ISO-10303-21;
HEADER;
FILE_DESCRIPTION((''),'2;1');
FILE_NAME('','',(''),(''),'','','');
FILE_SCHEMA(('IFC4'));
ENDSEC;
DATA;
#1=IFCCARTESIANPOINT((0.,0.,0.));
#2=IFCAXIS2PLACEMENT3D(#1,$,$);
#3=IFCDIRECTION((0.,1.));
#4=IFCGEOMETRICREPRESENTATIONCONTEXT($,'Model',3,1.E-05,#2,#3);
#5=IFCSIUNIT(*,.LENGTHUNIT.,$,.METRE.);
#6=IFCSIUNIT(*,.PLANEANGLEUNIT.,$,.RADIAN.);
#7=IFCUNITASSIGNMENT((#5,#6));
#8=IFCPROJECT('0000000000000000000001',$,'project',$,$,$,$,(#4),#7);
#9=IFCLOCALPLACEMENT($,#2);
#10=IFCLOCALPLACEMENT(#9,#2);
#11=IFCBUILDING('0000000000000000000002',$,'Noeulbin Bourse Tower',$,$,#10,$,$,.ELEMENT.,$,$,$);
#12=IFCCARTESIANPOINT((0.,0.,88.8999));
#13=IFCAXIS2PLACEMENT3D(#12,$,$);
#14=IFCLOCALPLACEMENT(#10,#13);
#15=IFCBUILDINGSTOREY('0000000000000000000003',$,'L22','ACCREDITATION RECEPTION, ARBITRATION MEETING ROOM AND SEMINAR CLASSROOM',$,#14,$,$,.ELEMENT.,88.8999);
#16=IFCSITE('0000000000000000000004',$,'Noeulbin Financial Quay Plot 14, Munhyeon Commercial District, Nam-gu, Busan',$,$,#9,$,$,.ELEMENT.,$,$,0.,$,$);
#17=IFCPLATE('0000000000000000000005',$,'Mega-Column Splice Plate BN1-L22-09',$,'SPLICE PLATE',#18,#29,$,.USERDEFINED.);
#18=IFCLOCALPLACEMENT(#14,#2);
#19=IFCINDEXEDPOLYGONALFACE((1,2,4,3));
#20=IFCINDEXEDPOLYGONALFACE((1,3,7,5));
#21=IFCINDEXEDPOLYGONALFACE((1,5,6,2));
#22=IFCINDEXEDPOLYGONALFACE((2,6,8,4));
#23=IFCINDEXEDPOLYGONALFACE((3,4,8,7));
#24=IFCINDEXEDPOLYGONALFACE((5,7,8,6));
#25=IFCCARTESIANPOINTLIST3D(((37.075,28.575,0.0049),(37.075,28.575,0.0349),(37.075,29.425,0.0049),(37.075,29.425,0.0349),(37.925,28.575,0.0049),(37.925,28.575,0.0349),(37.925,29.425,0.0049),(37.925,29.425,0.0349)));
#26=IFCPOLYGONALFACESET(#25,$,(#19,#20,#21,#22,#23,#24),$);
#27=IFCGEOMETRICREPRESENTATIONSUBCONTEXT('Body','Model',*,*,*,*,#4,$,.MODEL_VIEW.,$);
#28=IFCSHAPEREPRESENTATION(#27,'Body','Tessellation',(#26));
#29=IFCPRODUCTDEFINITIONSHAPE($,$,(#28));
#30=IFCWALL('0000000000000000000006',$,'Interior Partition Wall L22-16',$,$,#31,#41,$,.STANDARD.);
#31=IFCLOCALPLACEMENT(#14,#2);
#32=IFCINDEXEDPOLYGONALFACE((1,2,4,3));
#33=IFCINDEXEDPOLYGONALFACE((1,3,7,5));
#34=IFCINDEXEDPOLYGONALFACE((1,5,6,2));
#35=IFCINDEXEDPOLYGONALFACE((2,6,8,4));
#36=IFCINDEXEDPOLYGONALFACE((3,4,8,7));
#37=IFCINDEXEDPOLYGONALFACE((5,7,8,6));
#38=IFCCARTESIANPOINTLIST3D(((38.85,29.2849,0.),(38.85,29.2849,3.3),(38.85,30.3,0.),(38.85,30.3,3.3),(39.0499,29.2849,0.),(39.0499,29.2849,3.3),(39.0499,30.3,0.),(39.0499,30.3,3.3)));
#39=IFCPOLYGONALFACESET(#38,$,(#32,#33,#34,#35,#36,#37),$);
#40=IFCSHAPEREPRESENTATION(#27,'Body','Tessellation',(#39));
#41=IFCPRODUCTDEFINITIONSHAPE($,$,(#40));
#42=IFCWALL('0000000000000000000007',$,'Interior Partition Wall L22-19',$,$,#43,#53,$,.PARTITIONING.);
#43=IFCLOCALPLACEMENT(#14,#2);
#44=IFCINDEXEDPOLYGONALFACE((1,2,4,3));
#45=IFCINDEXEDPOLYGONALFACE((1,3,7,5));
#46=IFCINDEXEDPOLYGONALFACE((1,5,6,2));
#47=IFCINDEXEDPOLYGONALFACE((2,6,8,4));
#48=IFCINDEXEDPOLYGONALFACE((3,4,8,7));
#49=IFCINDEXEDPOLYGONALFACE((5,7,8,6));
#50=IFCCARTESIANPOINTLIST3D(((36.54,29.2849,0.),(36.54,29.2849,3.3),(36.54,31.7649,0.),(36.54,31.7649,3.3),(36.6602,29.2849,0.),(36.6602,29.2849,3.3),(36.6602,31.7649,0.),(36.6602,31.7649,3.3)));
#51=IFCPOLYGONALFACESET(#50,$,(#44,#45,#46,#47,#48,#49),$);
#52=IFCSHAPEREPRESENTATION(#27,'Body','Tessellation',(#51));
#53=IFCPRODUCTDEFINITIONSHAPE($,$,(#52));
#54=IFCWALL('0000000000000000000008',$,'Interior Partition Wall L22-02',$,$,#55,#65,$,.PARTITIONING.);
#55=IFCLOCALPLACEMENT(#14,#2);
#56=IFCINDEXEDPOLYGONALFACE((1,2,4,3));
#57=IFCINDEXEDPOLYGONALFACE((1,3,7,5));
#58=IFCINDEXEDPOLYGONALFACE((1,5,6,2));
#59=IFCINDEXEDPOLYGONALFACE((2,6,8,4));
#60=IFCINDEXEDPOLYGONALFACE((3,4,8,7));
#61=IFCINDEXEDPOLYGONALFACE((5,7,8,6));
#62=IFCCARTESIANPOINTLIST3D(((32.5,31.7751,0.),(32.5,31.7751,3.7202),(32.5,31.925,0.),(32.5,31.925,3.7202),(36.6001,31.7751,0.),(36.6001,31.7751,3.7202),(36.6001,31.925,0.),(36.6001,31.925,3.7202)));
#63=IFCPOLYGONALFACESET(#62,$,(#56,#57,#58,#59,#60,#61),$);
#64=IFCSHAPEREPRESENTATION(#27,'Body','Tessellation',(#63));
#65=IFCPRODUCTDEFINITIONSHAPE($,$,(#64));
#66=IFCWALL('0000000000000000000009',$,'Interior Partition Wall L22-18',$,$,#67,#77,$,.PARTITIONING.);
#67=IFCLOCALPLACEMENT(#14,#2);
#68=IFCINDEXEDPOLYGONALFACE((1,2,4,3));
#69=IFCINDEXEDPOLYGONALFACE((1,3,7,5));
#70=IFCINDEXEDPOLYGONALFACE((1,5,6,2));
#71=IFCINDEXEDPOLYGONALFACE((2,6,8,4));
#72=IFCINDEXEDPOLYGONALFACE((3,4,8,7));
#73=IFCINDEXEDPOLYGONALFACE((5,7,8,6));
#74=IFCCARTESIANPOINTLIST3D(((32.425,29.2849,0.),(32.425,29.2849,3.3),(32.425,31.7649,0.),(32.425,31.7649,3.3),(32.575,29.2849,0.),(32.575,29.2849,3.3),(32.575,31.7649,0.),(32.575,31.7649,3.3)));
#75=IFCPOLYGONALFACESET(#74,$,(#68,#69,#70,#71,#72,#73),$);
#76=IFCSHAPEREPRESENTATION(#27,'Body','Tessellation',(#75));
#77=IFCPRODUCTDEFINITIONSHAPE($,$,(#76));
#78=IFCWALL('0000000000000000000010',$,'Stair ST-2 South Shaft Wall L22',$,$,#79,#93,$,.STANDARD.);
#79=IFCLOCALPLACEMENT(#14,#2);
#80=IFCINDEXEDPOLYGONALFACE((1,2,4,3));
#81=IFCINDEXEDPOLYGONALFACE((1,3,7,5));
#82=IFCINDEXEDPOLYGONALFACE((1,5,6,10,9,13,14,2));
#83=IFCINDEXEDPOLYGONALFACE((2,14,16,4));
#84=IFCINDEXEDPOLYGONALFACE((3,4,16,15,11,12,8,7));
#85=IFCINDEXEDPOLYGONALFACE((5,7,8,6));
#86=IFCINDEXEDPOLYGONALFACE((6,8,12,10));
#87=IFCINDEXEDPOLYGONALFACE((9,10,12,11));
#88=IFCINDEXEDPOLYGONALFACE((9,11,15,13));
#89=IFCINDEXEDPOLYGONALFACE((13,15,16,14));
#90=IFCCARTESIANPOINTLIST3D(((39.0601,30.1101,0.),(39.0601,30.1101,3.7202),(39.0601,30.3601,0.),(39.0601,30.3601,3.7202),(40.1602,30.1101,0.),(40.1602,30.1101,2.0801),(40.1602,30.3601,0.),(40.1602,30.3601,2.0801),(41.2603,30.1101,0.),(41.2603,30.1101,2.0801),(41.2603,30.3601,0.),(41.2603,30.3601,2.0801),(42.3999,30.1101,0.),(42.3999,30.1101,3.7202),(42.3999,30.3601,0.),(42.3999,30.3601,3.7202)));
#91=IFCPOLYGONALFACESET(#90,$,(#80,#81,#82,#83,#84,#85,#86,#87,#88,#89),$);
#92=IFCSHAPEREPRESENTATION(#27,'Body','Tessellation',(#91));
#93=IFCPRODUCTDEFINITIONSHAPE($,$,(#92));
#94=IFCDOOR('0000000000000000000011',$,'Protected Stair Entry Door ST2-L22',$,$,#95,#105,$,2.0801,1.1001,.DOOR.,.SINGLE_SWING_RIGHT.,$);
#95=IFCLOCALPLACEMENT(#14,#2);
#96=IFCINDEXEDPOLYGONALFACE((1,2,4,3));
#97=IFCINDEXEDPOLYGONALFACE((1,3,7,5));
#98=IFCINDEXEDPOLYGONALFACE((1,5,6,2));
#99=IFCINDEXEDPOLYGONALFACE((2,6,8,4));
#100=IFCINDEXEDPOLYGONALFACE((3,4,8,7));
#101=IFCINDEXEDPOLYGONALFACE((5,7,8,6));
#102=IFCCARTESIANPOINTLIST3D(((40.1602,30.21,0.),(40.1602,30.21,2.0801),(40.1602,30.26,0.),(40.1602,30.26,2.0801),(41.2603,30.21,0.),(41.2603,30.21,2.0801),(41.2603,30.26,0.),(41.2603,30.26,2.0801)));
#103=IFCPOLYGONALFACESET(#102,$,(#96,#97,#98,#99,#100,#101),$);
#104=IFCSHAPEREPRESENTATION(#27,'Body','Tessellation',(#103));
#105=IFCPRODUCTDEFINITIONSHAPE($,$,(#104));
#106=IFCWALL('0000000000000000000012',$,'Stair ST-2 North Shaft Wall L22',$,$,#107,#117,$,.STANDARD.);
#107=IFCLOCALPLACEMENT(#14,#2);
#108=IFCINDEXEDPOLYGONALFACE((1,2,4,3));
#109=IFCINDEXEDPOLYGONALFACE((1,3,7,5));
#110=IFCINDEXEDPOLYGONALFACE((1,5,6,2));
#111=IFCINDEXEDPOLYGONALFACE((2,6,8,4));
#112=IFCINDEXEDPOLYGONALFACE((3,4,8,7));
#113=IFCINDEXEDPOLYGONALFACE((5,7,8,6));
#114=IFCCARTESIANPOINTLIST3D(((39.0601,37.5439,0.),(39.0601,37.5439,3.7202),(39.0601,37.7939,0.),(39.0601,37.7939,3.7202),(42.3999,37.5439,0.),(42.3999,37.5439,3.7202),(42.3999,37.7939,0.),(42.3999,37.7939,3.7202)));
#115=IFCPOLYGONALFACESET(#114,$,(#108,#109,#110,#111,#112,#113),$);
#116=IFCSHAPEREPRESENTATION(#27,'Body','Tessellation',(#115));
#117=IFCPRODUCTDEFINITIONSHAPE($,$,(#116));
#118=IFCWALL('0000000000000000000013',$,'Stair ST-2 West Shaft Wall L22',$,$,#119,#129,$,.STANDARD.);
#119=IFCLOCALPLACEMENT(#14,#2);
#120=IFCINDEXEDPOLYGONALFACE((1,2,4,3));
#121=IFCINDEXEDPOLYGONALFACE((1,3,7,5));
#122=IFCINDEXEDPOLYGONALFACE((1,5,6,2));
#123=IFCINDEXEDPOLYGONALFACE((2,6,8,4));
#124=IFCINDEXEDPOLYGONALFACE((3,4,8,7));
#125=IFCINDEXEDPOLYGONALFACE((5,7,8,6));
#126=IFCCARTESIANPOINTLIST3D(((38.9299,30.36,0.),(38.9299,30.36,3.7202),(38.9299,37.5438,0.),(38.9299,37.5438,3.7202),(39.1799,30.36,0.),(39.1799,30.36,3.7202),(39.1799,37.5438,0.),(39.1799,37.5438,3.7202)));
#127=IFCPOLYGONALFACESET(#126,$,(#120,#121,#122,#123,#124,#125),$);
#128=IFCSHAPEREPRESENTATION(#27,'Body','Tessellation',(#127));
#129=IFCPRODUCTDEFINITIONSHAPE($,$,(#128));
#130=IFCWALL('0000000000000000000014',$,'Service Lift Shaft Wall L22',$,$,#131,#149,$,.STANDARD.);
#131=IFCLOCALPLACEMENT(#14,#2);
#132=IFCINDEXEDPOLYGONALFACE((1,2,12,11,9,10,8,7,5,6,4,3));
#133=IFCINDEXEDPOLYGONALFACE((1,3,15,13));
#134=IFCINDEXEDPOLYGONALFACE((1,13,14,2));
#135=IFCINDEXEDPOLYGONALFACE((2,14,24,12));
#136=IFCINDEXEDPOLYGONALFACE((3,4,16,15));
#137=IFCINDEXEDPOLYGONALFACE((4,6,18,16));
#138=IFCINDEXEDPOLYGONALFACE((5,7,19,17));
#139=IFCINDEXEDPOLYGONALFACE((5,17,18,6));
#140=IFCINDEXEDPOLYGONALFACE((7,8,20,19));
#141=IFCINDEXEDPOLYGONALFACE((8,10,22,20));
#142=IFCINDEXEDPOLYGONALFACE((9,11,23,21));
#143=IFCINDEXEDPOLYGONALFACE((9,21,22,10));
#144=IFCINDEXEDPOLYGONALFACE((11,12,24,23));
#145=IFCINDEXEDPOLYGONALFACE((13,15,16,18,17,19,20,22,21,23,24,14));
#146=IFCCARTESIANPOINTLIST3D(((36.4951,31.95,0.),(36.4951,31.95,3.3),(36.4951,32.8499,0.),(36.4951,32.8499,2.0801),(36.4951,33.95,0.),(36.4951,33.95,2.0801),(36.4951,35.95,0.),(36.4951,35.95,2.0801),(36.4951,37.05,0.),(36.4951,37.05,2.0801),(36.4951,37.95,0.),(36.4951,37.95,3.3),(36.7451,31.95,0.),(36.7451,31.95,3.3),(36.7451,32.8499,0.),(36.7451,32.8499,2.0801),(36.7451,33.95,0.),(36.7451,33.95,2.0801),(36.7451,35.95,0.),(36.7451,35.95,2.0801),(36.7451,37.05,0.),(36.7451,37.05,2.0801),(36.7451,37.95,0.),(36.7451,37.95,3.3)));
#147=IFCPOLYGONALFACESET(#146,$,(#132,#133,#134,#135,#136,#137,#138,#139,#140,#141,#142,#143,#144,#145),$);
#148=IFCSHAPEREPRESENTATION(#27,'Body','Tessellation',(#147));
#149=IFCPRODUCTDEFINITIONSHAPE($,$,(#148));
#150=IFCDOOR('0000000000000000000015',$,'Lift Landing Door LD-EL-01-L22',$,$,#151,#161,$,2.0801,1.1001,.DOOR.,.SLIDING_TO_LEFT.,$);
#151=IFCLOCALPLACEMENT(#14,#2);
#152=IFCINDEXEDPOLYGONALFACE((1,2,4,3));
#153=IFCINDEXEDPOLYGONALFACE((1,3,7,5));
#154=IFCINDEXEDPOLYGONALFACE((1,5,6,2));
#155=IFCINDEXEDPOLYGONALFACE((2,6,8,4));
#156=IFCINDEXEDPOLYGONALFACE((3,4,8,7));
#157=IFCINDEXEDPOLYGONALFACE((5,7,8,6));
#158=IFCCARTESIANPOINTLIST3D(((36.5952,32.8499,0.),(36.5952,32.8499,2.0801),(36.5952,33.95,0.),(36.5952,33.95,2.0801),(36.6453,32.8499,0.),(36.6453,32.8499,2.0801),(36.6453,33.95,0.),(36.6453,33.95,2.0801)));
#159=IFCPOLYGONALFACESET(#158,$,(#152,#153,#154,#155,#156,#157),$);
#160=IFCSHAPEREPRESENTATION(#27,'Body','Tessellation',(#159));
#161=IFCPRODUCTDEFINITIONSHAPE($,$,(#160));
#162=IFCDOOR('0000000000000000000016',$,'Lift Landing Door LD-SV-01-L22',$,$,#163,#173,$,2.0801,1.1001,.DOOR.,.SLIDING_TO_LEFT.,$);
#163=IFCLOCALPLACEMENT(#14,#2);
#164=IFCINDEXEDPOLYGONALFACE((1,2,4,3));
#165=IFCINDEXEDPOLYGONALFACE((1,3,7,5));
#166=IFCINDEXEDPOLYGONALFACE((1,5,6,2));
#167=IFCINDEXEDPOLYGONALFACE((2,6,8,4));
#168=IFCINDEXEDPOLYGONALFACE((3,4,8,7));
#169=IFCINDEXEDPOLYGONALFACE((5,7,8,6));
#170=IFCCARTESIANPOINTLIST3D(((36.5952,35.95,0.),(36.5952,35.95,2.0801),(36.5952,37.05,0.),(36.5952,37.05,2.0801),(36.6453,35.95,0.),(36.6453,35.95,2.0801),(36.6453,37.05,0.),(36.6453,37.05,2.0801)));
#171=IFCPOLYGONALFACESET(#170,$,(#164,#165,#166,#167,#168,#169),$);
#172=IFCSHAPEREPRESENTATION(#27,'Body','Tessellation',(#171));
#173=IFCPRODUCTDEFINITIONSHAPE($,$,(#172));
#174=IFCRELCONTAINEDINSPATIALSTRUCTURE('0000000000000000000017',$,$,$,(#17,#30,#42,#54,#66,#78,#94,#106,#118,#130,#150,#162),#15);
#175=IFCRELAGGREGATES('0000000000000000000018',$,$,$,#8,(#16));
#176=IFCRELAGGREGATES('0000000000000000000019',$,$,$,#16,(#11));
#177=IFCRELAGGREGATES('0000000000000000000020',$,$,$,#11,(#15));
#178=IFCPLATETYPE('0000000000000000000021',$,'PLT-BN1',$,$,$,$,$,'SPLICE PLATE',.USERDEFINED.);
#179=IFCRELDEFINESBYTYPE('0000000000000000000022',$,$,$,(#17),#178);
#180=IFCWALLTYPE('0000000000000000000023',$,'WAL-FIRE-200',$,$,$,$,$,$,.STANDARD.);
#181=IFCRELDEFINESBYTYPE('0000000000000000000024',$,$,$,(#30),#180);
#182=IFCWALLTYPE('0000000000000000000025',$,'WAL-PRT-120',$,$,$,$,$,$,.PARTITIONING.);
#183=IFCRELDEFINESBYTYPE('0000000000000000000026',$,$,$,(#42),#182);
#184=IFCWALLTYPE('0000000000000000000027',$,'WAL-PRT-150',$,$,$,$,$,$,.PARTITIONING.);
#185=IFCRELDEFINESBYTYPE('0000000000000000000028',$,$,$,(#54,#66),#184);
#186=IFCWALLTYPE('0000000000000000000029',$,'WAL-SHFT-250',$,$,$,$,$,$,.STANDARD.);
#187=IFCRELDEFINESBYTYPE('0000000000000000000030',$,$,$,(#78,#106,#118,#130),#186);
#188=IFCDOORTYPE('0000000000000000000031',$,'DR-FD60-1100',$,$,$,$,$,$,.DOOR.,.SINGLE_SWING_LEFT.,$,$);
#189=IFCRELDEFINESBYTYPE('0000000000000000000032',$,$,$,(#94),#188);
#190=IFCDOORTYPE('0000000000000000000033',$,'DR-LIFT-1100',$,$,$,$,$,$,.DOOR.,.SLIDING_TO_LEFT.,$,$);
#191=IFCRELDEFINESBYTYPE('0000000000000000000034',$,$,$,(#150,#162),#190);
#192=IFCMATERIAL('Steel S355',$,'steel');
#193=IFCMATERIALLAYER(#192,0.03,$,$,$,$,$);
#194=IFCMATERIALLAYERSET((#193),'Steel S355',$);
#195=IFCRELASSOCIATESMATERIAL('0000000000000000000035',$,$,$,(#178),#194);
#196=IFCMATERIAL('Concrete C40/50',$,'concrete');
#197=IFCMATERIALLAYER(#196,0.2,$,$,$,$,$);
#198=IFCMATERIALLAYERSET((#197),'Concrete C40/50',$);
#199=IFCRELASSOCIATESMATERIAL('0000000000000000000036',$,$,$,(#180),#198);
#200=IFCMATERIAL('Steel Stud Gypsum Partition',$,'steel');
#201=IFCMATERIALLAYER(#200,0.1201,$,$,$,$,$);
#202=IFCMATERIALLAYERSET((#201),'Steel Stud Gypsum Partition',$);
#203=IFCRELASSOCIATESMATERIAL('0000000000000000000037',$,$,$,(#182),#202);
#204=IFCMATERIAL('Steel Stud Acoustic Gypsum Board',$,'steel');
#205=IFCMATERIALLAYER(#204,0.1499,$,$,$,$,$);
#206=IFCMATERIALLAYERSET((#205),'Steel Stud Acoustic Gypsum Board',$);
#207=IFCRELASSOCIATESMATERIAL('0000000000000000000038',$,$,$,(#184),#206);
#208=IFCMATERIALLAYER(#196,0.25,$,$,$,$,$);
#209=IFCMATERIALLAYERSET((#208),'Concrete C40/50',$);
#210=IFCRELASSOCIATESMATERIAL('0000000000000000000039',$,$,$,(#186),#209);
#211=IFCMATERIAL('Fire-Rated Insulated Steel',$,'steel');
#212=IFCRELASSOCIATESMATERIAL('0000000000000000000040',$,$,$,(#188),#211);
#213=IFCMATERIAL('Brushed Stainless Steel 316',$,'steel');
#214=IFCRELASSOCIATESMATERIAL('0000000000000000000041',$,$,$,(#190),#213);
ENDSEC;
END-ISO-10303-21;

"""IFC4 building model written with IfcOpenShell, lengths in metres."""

from ifc_helpers import new_model, si_unit, direction, frame, frame_2d, origin, origin_2d, place, context, subcontext, project, spatial, rectangle, extrude, material, layer, layer_set, type_object, element, fill, save


model = new_model("IFC4")

# Units and contexts
model_context = context("Model", 3, precision=1e-05, world=origin(), true_north=direction((0.0, 1.0)))
body_context = subcontext(model_context, "Body", "Model", "MODEL_VIEW")
ifc_project = project(units=[si_unit("LENGTHUNIT", "METRE"), si_unit("PLANEANGLEUNIT", "RADIAN")], contexts=[model_context])

# Site, building, storey
site_placement = place(None, origin())
site = spatial("IfcSite", under=ifc_project, at=site_placement, Name="Noeulbin Financial Quay Plot 14, Munhyeon Commercial District, Nam-gu, Busan", CompositionType="ELEMENT", RefElevation=0.0)
building_placement = place(site_placement, origin())
building = spatial("IfcBuilding", under=site, at=building_placement, Name="Noeulbin Bourse Tower", CompositionType="ELEMENT")
storey_placement = place(building_placement, frame((0.0, 0.0, 88.8999)))
storey = spatial("IfcBuildingStorey", under=building, at=storey_placement, Name="L22", Description="ACCREDITATION RECEPTION, ARBITRATION MEETING ROOM AND SEMINAR CLASSROOM", CompositionType="ELEMENT", Elevation=88.8999)

# Shared definitions
ifc_material_1 = material(Name="Steel S355", Category="steel")

# Plate
ifc_layer_1 = layer(ifc_material_1, 0.03)
ifc_layer_set_1 = layer_set([ifc_layer_1], Name="Steel S355")
plate_type = type_object("IfcPlateType", Name="PLT-BN1", ElementType="SPLICE PLATE", PredefinedType="USERDEFINED", material=ifc_layer_set_1)
for number, where, z_axis, x_axis, name in (
    (1, (37.5, 29.0, 0.0049), (0.0, 0.0, 1.0), (1.0, 0.0, 0.0), "Mega-Column Splice Plate BN1-L22-09"),
):
    element("IfcPlate", number, at=place(storey_placement, frame(where, z_axis=z_axis, x_axis=x_axis)), inside=storey, type_object=plate_type, Name=name, ObjectType="SPLICE PLATE", PredefinedType="USERDEFINED", context=body_context, shape_type="SweptSolid", body=[
        extrude(rectangle(XDim=0.8501, YDim=0.8501, at=origin_2d()), origin(), (0.0, 0.0, 1.0), 0.03),
    ])

# Walls
ifc_material_2 = material(Name="Concrete C40/50", Category="concrete")
ifc_layer_2 = layer(ifc_material_2, 0.2)
ifc_layer_set_2 = layer_set([ifc_layer_2], Name="Concrete C40/50")
wall_type_1 = type_object("IfcWallType", Name="WAL-FIRE-200", PredefinedType="STANDARD", material=ifc_layer_set_2)
wall_1_placement = place(storey_placement, frame((38.95, 29.2849, 0.0), z_axis=(0.0, 0.0, 1.0), x_axis=(0.0, 1.0, 0.0)))
element("IfcWall", 2, at=wall_1_placement, inside=storey, type_object=wall_type_1, Name="Interior Partition Wall L22-16", PredefinedType="STANDARD", context=body_context, shape_type="SweptSolid", body=[
    extrude(rectangle(XDim=1.0151, YDim=0.2, at=frame_2d((0.5076, 0.0))), origin(), (0.0, 0.0, 1.0), 3.3),
])
ifc_material_3 = material(Name="Steel Stud Gypsum Partition", Category="steel")
ifc_layer_3 = layer(ifc_material_3, 0.1201)
ifc_layer_set_3 = layer_set([ifc_layer_3], Name="Steel Stud Gypsum Partition")
wall_type_2 = type_object("IfcWallType", Name="WAL-PRT-120", PredefinedType="PARTITIONING", material=ifc_layer_set_3)
wall_2_placement = place(storey_placement, frame((36.6001, 29.2849, 0.0), z_axis=(0.0, 0.0, 1.0), x_axis=(0.0, 1.0, 0.0)))
element("IfcWall", 3, at=wall_2_placement, inside=storey, type_object=wall_type_2, Name="Interior Partition Wall L22-19", PredefinedType="PARTITIONING", context=body_context, shape_type="SweptSolid", body=[
    extrude(rectangle(XDim=2.48, YDim=0.1201, at=frame_2d((1.24, 0.0))), origin(), (0.0, 0.0, 1.0), 3.3),
])
ifc_material_4 = material(Name="Steel Stud Acoustic Gypsum Board", Category="steel")
ifc_layer_4 = layer(ifc_material_4, 0.1499)
ifc_layer_set_4 = layer_set([ifc_layer_4], Name="Steel Stud Acoustic Gypsum Board")
wall_type_3 = type_object("IfcWallType", Name="WAL-PRT-150", PredefinedType="PARTITIONING", material=ifc_layer_set_4)
wall_3_placement = place(storey_placement, frame((32.5, 31.8501, 0.0), z_axis=(0.0, 0.0, 1.0), x_axis=(1.0, 0.0, 0.0)))
element("IfcWall", 4, at=wall_3_placement, inside=storey, type_object=wall_type_3, Name="Interior Partition Wall L22-02", PredefinedType="PARTITIONING", context=body_context, shape_type="SweptSolid", body=[
    extrude(rectangle(XDim=4.1001, YDim=0.1499, at=frame_2d((2.05, 0.0))), origin(), (0.0, 0.0, 1.0), 3.7202),
])
wall_4_placement = place(storey_placement, frame((32.5, 29.2849, 0.0), z_axis=(0.0, 0.0, 1.0), x_axis=(0.0, 1.0, 0.0)))
element("IfcWall", 5, at=wall_4_placement, inside=storey, type_object=wall_type_3, Name="Interior Partition Wall L22-18", PredefinedType="PARTITIONING", context=body_context, shape_type="SweptSolid", body=[
    extrude(rectangle(XDim=2.48, YDim=0.1499, at=frame_2d((1.24, 0.0))), origin(), (0.0, 0.0, 1.0), 3.3),
])

# Wall, opening, door
ifc_layer_5 = layer(ifc_material_2, 0.25)
ifc_layer_set_5 = layer_set([ifc_layer_5], Name="Concrete C40/50")
wall_type_4 = type_object("IfcWallType", Name="WAL-SHFT-250", PredefinedType="STANDARD", material=ifc_layer_set_5)
wall_5_placement = place(storey_placement, frame((39.0601, 30.2351, 0.0), z_axis=(0.0, 0.0, 1.0), x_axis=(1.0, 0.0, 0.0)))
wall_5 = element("IfcWall", 6, at=wall_5_placement, inside=storey, type_object=wall_type_4, Name="Stair ST-2 South Shaft Wall L22", PredefinedType="STANDARD", context=body_context, shape_type="SweptSolid", body=[
    extrude(rectangle(XDim=3.3398, YDim=0.25, at=frame_2d((1.6699, 0.0))), origin(), (0.0, 0.0, 1.0), 3.7202),
])
opening_1_placement = place(wall_5_placement, frame((1.1001, 0.0, 0.0)))
opening_1 = element("IfcOpeningElement", 7, at=opening_1_placement, cuts=wall_5, PredefinedType="OPENING", context=body_context, shape_type="SweptSolid", body=[
    extrude(rectangle(XDim=1.1001, YDim=2.0801, at=frame_2d((0.55, 1.04))), frame((0.0, 0.135, 0.0), z_axis=(0.0, -1.0, 0.0), x_axis=(1.0, 0.0, 0.0)), (0.0, 0.0, 1.0), 0.27),
])
ifc_material_5 = material(Name="Fire-Rated Insulated Steel", Category="steel")
door_type_1 = type_object("IfcDoorType", Name="DR-FD60-1100", OperationType="SINGLE_SWING_LEFT", PredefinedType="DOOR", material=ifc_material_5)
door_1_placement = place(opening_1_placement, origin())
door_1 = element("IfcDoor", 8, at=door_1_placement, inside=storey, type_object=door_type_1, Name="Protected Stair Entry Door ST2-L22", OperationType="SINGLE_SWING_RIGHT", OverallHeight=2.0801, OverallWidth=1.1001, PredefinedType="DOOR", context=body_context, shape_type="SweptSolid", body=[
    extrude(rectangle(XDim=1.1001, YDim=2.0801, at=frame_2d((0.55, 1.04))), frame((0.0, 0.0249, 0.0), z_axis=(0.0, -1.0, 0.0), x_axis=(1.0, 0.0, 0.0)), (0.0, 0.0, 1.0), 0.05),
])
fill(opening_1, door_1)

# Walls
wall_6_placement = place(storey_placement, frame((39.0601, 37.6689, 0.0), z_axis=(0.0, 0.0, 1.0), x_axis=(1.0, 0.0, 0.0)))
element("IfcWall", 9, at=wall_6_placement, inside=storey, type_object=wall_type_4, Name="Stair ST-2 North Shaft Wall L22", PredefinedType="STANDARD", context=body_context, shape_type="SweptSolid", body=[
    extrude(rectangle(XDim=3.3398, YDim=0.25, at=frame_2d((1.6699, 0.0))), origin(), (0.0, 0.0, 1.0), 3.7202),
])
wall_7_placement = place(storey_placement, frame((39.0549, 30.3601, 0.0), z_axis=(0.0, 0.0, 1.0), x_axis=(0.0, 1.0, 0.0)))
element("IfcWall", 10, at=wall_7_placement, inside=storey, type_object=wall_type_4, Name="Stair ST-2 West Shaft Wall L22", PredefinedType="STANDARD", context=body_context, shape_type="SweptSolid", body=[
    extrude(rectangle(XDim=7.1838, YDim=0.25, at=frame_2d((3.5918, 0.0))), origin(), (0.0, 0.0, 1.0), 3.7202),
])

# Wall, openings, doors
wall_8_placement = place(storey_placement, frame((36.6201, 31.95, 0.0), z_axis=(0.0, 0.0, 1.0), x_axis=(0.0, 1.0, 0.0)))
wall_8 = element("IfcWall", 11, at=wall_8_placement, inside=storey, type_object=wall_type_4, Name="Service Lift Shaft Wall L22", PredefinedType="STANDARD", context=body_context, shape_type="SweptSolid", body=[
    extrude(rectangle(XDim=6.0, YDim=0.25, at=frame_2d((3.0, 0.0))), origin(), (0.0, 0.0, 1.0), 3.3),
])
opening_2_placement = place(wall_8_placement, frame((0.8999, 0.0, 0.0)))
opening_2 = element("IfcOpeningElement", 12, at=opening_2_placement, cuts=wall_8, PredefinedType="OPENING", context=body_context, shape_type="SweptSolid", body=[
    extrude(rectangle(XDim=1.1001, YDim=2.0801, at=frame_2d((0.55, 1.04))), frame((0.0, 0.135, 0.0), z_axis=(0.0, -1.0, 0.0), x_axis=(1.0, 0.0, 0.0)), (0.0, 0.0, 1.0), 0.27),
])
opening_3_placement = place(wall_8_placement, frame((4.0, 0.0, 0.0)))
opening_3 = element("IfcOpeningElement", 13, at=opening_3_placement, cuts=wall_8, PredefinedType="OPENING", context=body_context, shape_type="SweptSolid", body=[
    extrude(rectangle(XDim=1.1001, YDim=2.0801, at=frame_2d((0.55, 1.04))), frame((0.0, 0.135, 0.0), z_axis=(0.0, -1.0, 0.0), x_axis=(1.0, 0.0, 0.0)), (0.0, 0.0, 1.0), 0.27),
])
ifc_material_6 = material(Name="Brushed Stainless Steel 316", Category="steel")
door_type_2 = type_object("IfcDoorType", Name="DR-LIFT-1100", OperationType="SLIDING_TO_LEFT", PredefinedType="DOOR", material=ifc_material_6)
door_2_placement = place(opening_2_placement, origin())
door_2 = element("IfcDoor", 14, at=door_2_placement, inside=storey, type_object=door_type_2, Name="Lift Landing Door LD-EL-01-L22", OperationType="SLIDING_TO_LEFT", OverallHeight=2.0801, OverallWidth=1.1001, PredefinedType="DOOR", context=body_context, shape_type="SweptSolid", body=[
    extrude(rectangle(XDim=1.1001, YDim=2.0801, at=frame_2d((0.55, 1.04))), frame((0.0, 0.0249, 0.0), z_axis=(0.0, -1.0, 0.0), x_axis=(1.0, 0.0, 0.0)), (0.0, 0.0, 1.0), 0.05),
])
fill(opening_2, door_2)
door_3_placement = place(opening_3_placement, origin())
door_3 = element("IfcDoor", 15, at=door_3_placement, inside=storey, type_object=door_type_2, Name="Lift Landing Door LD-SV-01-L22", OperationType="SLIDING_TO_LEFT", OverallHeight=2.0801, OverallWidth=1.1001, PredefinedType="DOOR", context=body_context, shape_type="SweptSolid", body=[
    extrude(rectangle(XDim=1.1001, YDim=2.0801, at=frame_2d((0.55, 1.04))), frame((0.0, 0.0249, 0.0), z_axis=(0.0, -1.0, 0.0), x_axis=(1.0, 0.0, 0.0)), (0.0, 0.0, 1.0), 0.05),
])
fill(opening_3, door_3)

save(model, "model.ifc")
